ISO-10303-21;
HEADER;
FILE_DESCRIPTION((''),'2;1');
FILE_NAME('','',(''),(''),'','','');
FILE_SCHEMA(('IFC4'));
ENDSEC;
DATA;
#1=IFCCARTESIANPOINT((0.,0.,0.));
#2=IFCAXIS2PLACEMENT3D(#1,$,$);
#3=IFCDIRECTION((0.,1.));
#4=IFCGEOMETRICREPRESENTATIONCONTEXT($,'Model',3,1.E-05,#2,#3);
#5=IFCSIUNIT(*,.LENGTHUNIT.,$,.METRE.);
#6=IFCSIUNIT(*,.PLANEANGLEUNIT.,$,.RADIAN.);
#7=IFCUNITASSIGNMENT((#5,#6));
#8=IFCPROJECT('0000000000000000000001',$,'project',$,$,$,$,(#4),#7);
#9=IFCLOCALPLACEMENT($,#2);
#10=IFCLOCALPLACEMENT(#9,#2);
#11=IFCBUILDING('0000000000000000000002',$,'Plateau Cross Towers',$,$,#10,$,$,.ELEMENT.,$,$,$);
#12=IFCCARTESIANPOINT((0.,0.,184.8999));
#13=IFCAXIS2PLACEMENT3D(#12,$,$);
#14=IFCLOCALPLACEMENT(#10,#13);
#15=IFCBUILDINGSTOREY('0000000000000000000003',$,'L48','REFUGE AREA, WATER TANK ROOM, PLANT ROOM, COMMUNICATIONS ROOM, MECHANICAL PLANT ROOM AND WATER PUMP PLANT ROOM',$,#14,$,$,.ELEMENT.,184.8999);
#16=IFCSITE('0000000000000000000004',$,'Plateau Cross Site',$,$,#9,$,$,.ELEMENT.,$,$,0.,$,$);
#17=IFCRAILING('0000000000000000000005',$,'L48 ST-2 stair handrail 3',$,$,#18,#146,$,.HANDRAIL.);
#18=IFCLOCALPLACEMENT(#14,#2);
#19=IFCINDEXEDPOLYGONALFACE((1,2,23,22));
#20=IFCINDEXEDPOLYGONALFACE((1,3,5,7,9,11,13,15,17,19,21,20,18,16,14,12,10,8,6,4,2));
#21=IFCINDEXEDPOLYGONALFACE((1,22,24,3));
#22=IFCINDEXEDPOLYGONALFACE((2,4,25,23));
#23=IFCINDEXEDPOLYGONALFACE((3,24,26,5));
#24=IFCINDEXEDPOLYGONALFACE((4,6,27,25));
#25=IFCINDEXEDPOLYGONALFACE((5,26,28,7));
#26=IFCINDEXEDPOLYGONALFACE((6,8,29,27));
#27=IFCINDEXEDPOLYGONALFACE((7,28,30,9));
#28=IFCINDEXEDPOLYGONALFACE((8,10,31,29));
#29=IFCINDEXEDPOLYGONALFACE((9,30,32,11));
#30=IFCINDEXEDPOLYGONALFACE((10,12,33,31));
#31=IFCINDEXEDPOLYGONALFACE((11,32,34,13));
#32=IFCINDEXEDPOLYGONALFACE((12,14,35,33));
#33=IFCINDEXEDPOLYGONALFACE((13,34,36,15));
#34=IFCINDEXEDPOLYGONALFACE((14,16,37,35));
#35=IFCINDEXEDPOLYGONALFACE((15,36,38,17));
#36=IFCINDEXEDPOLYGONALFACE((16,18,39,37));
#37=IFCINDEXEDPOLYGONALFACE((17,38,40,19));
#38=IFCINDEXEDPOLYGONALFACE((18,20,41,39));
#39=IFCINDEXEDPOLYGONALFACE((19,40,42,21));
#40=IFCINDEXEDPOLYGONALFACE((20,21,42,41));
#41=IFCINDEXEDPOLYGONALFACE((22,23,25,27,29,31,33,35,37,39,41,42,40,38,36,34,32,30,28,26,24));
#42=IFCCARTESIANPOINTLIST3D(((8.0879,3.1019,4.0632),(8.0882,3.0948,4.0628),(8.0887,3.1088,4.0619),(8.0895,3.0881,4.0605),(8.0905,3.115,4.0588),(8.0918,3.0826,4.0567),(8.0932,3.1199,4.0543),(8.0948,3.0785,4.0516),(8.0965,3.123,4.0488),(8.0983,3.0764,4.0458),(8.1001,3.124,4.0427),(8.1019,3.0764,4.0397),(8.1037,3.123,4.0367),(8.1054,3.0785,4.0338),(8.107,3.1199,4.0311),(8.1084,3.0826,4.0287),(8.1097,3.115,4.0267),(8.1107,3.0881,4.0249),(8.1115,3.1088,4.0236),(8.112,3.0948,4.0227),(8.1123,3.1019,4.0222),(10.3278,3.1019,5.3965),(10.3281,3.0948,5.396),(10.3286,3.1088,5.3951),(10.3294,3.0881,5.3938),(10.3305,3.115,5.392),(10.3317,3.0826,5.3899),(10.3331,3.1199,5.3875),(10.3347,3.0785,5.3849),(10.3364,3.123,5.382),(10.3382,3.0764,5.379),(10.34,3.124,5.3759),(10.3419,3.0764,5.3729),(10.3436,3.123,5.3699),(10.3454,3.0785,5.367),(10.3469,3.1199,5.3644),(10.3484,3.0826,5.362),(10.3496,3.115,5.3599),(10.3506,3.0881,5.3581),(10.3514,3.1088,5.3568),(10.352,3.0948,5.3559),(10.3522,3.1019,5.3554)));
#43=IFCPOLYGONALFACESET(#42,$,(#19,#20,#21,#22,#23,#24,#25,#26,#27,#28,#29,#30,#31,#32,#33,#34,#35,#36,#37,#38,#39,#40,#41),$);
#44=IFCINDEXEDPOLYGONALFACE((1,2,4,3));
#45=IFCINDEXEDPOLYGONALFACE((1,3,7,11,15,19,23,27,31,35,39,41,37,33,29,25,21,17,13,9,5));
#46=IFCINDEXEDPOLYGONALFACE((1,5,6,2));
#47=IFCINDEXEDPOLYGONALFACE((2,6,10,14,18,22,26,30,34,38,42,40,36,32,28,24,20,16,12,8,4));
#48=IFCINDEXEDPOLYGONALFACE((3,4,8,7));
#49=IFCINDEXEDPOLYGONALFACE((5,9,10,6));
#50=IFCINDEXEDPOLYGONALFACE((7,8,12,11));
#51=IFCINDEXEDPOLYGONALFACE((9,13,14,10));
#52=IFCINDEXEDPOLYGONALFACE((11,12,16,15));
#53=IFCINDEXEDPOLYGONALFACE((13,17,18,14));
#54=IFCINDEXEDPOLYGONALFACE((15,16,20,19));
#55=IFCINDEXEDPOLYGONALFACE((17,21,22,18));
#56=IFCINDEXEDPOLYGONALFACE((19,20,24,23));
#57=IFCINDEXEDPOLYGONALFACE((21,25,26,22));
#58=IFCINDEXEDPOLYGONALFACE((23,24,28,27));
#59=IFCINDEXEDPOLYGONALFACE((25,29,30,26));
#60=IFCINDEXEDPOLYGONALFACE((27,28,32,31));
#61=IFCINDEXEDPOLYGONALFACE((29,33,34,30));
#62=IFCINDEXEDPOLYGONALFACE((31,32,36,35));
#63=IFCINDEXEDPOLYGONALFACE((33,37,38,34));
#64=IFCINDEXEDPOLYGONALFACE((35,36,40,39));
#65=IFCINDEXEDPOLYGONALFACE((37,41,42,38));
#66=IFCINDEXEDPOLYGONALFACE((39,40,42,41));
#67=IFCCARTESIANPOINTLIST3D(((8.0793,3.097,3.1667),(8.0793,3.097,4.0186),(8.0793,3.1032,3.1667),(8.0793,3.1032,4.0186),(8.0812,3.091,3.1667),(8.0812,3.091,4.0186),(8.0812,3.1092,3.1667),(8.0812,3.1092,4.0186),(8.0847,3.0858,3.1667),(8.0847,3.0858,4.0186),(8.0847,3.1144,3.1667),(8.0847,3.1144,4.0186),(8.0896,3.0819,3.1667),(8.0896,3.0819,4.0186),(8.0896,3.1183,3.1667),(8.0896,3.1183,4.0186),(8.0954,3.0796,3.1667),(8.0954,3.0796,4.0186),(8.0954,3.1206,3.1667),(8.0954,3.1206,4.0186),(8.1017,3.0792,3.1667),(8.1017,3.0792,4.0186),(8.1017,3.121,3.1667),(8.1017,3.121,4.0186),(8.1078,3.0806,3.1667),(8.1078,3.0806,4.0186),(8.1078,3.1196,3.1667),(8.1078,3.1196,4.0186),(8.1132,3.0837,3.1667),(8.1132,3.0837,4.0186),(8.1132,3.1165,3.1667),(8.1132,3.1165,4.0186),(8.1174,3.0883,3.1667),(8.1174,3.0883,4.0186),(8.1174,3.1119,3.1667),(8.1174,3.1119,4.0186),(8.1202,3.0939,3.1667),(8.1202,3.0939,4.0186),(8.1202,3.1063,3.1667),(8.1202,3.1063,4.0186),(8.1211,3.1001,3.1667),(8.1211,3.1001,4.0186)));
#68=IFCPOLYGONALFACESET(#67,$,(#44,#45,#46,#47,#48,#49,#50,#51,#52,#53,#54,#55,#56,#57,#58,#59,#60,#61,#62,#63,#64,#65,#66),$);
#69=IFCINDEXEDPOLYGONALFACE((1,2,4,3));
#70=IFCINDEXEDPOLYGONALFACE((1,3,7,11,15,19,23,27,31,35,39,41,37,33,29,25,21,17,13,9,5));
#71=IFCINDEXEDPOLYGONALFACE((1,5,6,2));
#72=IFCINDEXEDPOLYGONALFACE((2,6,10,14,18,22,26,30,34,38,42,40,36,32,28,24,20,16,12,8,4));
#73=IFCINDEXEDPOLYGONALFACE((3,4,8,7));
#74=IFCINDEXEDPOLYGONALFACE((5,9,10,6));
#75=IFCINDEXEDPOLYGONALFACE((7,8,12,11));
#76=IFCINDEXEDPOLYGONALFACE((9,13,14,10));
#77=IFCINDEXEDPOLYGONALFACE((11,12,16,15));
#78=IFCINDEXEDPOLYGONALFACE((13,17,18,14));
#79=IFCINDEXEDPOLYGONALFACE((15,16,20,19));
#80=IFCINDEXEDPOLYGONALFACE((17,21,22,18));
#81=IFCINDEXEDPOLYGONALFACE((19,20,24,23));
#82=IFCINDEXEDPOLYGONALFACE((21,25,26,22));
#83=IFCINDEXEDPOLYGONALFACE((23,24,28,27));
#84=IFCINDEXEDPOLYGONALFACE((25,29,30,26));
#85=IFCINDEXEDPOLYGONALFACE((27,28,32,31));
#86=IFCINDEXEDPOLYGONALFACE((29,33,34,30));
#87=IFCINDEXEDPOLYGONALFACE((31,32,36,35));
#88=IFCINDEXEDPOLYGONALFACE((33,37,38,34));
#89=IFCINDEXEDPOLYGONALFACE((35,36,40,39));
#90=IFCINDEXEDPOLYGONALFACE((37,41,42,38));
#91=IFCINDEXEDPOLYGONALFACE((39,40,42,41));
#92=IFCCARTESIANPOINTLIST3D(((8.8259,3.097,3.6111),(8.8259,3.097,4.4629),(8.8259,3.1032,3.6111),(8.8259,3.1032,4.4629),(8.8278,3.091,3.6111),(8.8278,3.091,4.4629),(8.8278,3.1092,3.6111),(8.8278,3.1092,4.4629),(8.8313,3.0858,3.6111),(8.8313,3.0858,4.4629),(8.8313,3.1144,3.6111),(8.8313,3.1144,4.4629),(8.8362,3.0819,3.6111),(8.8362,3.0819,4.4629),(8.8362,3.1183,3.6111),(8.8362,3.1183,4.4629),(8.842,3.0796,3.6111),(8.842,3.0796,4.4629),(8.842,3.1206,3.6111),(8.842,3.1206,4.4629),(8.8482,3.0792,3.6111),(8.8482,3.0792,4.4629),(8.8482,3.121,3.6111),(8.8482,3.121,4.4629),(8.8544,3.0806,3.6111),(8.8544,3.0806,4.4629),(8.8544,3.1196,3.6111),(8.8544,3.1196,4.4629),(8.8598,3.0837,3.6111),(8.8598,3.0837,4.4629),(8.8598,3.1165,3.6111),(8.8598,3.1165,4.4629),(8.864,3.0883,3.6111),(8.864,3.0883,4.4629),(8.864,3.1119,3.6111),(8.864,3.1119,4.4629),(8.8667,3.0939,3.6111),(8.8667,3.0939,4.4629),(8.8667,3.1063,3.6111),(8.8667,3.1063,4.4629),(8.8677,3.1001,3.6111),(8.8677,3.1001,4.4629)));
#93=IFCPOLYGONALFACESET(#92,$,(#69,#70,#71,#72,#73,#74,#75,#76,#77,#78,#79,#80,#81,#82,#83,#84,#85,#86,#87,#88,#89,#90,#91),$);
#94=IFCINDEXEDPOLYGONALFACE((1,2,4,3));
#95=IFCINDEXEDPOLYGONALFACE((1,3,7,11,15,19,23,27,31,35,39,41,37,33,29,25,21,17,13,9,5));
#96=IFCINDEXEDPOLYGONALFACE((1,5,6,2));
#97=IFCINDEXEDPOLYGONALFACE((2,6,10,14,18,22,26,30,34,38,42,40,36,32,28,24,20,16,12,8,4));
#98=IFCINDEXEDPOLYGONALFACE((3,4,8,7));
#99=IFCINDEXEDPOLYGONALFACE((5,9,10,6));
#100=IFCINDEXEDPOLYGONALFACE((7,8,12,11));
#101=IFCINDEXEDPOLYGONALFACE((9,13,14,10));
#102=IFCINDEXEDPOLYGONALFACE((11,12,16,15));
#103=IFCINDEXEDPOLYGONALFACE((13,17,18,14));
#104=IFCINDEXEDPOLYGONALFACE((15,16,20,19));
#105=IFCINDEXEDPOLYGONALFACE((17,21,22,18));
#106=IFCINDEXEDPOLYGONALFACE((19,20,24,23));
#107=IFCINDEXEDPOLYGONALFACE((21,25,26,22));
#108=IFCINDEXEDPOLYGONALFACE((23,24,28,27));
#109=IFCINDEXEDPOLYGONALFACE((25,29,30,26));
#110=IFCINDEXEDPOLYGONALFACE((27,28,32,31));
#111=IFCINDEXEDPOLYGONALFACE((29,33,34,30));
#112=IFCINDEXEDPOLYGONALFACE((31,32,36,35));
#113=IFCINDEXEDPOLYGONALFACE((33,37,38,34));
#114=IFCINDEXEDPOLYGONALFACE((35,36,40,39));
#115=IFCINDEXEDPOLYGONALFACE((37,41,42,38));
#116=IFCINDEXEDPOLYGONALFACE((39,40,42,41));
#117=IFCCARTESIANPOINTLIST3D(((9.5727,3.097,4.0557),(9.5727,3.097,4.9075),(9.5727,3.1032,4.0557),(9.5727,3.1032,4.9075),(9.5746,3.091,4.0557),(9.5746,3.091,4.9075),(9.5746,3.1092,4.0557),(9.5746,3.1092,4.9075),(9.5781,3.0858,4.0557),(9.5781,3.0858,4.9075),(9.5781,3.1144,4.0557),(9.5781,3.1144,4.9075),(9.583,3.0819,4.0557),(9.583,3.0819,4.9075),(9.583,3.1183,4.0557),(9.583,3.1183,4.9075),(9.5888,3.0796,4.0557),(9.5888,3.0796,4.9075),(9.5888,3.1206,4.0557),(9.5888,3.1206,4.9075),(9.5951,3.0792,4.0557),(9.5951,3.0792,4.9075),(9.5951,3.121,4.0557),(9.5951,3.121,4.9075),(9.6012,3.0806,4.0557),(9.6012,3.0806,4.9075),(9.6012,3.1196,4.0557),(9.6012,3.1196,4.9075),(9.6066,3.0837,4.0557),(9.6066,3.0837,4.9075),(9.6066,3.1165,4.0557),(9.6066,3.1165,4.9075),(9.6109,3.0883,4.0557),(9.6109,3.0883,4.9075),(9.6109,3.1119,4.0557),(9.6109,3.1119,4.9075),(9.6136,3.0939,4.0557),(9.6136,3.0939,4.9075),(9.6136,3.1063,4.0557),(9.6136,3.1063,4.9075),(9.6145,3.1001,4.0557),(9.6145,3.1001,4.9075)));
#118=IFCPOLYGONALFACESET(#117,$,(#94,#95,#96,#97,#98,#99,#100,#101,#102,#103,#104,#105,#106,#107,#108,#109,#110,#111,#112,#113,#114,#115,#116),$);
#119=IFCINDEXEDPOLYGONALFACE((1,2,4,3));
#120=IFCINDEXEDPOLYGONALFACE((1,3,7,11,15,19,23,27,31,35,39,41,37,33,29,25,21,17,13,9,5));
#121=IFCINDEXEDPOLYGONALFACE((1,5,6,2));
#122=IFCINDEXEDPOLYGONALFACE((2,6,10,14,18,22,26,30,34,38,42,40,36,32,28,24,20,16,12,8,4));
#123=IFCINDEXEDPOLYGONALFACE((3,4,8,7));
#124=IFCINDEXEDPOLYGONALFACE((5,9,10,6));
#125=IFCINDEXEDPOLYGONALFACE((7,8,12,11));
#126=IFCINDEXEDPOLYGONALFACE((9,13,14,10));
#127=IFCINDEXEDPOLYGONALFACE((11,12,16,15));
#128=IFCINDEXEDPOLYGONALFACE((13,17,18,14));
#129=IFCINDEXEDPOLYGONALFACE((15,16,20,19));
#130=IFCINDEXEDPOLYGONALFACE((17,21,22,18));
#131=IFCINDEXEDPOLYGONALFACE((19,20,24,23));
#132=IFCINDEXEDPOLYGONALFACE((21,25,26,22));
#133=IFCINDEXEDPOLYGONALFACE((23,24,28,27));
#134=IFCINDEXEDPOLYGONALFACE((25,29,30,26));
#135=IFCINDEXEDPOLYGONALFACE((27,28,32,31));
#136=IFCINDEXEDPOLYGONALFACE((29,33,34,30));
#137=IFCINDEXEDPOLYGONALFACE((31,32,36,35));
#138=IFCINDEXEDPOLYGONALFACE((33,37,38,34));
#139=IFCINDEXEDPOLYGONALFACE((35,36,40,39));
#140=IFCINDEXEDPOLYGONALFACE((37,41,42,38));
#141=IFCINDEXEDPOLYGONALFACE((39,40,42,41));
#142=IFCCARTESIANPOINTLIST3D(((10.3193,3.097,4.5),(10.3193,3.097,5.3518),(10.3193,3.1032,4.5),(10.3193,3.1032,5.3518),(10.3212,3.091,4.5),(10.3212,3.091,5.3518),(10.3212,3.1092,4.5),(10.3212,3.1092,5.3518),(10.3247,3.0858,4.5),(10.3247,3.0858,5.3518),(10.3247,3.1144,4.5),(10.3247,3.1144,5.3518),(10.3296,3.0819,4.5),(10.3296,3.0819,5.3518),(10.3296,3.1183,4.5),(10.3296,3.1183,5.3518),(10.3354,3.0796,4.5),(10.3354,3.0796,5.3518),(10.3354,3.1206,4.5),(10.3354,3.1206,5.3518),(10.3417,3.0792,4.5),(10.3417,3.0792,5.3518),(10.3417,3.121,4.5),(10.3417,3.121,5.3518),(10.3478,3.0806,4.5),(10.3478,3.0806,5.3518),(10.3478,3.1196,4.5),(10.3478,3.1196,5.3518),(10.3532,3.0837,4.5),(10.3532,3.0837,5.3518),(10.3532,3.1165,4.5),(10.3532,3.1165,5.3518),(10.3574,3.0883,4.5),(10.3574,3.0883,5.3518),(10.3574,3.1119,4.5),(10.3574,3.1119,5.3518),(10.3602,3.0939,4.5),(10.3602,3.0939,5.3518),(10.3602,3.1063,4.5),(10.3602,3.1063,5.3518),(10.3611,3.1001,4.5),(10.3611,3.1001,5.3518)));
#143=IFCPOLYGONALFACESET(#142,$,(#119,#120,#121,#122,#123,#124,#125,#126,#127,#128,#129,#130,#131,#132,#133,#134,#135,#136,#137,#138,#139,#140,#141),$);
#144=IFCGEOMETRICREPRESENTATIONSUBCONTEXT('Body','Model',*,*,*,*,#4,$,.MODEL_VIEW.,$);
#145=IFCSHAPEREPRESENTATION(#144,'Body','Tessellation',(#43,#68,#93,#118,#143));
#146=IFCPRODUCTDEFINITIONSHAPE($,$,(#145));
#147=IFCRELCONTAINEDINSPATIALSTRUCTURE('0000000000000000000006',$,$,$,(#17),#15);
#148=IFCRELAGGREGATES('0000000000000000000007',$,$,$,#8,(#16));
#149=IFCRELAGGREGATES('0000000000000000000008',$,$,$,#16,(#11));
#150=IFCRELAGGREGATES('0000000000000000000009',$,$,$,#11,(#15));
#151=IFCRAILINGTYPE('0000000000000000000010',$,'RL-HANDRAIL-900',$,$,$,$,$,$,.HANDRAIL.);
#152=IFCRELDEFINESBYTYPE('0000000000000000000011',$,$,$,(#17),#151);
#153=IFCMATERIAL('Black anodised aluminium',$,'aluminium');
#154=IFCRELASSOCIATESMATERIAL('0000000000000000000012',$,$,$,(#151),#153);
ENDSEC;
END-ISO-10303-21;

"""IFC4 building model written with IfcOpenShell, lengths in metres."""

from ifc_helpers import new_model, si_unit, direction, frame, origin, origin_2d, place, context, subcontext, project, spatial, circle, extrude, material, type_object, element, save


model = new_model("IFC4")

# Units and contexts
model_context = context("Model", 3, precision=1e-05, world=origin(), true_north=direction((0.0, 1.0)))
body_context = subcontext(model_context, "Body", "Model", "MODEL_VIEW")
ifc_project = project(units=[si_unit("LENGTHUNIT", "METRE"), si_unit("PLANEANGLEUNIT", "RADIAN")], contexts=[model_context])

# Site, building, storey
site_placement = place(None, origin())
site = spatial("IfcSite", under=ifc_project, at=site_placement, Name="Plateau Cross Site", CompositionType="ELEMENT", RefElevation=0.0)
building_placement = place(site_placement, origin())
building = spatial("IfcBuilding", under=site, at=building_placement, Name="Plateau Cross Towers", CompositionType="ELEMENT")
storey_placement = place(building_placement, frame((0.0, 0.0, 184.8999)))
storey = spatial("IfcBuildingStorey", under=building, at=storey_placement, Name="L48", Description="REFUGE AREA, WATER TANK ROOM, PLANT ROOM, COMMUNICATIONS ROOM, MECHANICAL PLANT ROOM AND WATER PUMP PLANT ROOM", CompositionType="ELEMENT", Elevation=184.8999)

# Railing
ifc_material_1 = material(Name="Black anodised aluminium", Category="aluminium")
railing_type_1 = type_object("IfcRailingType", Name="RL-HANDRAIL-900", PredefinedType="HANDRAIL", material=ifc_material_1)
railing_1_placement = place(storey_placement, frame((8.1001, 3.1001, 3.1667)))
element("IfcRailing", 1, at=railing_1_placement, inside=storey, type_object=railing_type_1, Name="L48 ST-2 stair handrail 3", PredefinedType="HANDRAIL", context=body_context, shape_type="SweptSolid", body=[
    extrude(circle(Radius=0.0239, at=origin_2d()), frame((0.0, 0.0, 0.876), z_axis=(0.859306, 0.0, 0.511462), x_axis=(0.0, 1.0, 0.0)), (0.0, 0.0, 1.0), 2.6067),
    extrude(circle(Radius=0.021, at=origin_2d()), origin(), (0.0, 0.0, 1.0), 0.8518),
    extrude(circle(Radius=0.021, at=origin_2d()), frame((0.7466, 0.0, 0.4443)), (0.0, 0.0, 1.0), 0.8518),
    extrude(circle(Radius=0.021, at=origin_2d()), frame((1.4934, 0.0, 0.8889)), (0.0, 0.0, 1.0), 0.8518),
    extrude(circle(Radius=0.021, at=origin_2d()), frame((2.24, 0.0, 1.3333)), (0.0, 0.0, 1.0), 0.8518),
])

save(model, "model.ifc")
